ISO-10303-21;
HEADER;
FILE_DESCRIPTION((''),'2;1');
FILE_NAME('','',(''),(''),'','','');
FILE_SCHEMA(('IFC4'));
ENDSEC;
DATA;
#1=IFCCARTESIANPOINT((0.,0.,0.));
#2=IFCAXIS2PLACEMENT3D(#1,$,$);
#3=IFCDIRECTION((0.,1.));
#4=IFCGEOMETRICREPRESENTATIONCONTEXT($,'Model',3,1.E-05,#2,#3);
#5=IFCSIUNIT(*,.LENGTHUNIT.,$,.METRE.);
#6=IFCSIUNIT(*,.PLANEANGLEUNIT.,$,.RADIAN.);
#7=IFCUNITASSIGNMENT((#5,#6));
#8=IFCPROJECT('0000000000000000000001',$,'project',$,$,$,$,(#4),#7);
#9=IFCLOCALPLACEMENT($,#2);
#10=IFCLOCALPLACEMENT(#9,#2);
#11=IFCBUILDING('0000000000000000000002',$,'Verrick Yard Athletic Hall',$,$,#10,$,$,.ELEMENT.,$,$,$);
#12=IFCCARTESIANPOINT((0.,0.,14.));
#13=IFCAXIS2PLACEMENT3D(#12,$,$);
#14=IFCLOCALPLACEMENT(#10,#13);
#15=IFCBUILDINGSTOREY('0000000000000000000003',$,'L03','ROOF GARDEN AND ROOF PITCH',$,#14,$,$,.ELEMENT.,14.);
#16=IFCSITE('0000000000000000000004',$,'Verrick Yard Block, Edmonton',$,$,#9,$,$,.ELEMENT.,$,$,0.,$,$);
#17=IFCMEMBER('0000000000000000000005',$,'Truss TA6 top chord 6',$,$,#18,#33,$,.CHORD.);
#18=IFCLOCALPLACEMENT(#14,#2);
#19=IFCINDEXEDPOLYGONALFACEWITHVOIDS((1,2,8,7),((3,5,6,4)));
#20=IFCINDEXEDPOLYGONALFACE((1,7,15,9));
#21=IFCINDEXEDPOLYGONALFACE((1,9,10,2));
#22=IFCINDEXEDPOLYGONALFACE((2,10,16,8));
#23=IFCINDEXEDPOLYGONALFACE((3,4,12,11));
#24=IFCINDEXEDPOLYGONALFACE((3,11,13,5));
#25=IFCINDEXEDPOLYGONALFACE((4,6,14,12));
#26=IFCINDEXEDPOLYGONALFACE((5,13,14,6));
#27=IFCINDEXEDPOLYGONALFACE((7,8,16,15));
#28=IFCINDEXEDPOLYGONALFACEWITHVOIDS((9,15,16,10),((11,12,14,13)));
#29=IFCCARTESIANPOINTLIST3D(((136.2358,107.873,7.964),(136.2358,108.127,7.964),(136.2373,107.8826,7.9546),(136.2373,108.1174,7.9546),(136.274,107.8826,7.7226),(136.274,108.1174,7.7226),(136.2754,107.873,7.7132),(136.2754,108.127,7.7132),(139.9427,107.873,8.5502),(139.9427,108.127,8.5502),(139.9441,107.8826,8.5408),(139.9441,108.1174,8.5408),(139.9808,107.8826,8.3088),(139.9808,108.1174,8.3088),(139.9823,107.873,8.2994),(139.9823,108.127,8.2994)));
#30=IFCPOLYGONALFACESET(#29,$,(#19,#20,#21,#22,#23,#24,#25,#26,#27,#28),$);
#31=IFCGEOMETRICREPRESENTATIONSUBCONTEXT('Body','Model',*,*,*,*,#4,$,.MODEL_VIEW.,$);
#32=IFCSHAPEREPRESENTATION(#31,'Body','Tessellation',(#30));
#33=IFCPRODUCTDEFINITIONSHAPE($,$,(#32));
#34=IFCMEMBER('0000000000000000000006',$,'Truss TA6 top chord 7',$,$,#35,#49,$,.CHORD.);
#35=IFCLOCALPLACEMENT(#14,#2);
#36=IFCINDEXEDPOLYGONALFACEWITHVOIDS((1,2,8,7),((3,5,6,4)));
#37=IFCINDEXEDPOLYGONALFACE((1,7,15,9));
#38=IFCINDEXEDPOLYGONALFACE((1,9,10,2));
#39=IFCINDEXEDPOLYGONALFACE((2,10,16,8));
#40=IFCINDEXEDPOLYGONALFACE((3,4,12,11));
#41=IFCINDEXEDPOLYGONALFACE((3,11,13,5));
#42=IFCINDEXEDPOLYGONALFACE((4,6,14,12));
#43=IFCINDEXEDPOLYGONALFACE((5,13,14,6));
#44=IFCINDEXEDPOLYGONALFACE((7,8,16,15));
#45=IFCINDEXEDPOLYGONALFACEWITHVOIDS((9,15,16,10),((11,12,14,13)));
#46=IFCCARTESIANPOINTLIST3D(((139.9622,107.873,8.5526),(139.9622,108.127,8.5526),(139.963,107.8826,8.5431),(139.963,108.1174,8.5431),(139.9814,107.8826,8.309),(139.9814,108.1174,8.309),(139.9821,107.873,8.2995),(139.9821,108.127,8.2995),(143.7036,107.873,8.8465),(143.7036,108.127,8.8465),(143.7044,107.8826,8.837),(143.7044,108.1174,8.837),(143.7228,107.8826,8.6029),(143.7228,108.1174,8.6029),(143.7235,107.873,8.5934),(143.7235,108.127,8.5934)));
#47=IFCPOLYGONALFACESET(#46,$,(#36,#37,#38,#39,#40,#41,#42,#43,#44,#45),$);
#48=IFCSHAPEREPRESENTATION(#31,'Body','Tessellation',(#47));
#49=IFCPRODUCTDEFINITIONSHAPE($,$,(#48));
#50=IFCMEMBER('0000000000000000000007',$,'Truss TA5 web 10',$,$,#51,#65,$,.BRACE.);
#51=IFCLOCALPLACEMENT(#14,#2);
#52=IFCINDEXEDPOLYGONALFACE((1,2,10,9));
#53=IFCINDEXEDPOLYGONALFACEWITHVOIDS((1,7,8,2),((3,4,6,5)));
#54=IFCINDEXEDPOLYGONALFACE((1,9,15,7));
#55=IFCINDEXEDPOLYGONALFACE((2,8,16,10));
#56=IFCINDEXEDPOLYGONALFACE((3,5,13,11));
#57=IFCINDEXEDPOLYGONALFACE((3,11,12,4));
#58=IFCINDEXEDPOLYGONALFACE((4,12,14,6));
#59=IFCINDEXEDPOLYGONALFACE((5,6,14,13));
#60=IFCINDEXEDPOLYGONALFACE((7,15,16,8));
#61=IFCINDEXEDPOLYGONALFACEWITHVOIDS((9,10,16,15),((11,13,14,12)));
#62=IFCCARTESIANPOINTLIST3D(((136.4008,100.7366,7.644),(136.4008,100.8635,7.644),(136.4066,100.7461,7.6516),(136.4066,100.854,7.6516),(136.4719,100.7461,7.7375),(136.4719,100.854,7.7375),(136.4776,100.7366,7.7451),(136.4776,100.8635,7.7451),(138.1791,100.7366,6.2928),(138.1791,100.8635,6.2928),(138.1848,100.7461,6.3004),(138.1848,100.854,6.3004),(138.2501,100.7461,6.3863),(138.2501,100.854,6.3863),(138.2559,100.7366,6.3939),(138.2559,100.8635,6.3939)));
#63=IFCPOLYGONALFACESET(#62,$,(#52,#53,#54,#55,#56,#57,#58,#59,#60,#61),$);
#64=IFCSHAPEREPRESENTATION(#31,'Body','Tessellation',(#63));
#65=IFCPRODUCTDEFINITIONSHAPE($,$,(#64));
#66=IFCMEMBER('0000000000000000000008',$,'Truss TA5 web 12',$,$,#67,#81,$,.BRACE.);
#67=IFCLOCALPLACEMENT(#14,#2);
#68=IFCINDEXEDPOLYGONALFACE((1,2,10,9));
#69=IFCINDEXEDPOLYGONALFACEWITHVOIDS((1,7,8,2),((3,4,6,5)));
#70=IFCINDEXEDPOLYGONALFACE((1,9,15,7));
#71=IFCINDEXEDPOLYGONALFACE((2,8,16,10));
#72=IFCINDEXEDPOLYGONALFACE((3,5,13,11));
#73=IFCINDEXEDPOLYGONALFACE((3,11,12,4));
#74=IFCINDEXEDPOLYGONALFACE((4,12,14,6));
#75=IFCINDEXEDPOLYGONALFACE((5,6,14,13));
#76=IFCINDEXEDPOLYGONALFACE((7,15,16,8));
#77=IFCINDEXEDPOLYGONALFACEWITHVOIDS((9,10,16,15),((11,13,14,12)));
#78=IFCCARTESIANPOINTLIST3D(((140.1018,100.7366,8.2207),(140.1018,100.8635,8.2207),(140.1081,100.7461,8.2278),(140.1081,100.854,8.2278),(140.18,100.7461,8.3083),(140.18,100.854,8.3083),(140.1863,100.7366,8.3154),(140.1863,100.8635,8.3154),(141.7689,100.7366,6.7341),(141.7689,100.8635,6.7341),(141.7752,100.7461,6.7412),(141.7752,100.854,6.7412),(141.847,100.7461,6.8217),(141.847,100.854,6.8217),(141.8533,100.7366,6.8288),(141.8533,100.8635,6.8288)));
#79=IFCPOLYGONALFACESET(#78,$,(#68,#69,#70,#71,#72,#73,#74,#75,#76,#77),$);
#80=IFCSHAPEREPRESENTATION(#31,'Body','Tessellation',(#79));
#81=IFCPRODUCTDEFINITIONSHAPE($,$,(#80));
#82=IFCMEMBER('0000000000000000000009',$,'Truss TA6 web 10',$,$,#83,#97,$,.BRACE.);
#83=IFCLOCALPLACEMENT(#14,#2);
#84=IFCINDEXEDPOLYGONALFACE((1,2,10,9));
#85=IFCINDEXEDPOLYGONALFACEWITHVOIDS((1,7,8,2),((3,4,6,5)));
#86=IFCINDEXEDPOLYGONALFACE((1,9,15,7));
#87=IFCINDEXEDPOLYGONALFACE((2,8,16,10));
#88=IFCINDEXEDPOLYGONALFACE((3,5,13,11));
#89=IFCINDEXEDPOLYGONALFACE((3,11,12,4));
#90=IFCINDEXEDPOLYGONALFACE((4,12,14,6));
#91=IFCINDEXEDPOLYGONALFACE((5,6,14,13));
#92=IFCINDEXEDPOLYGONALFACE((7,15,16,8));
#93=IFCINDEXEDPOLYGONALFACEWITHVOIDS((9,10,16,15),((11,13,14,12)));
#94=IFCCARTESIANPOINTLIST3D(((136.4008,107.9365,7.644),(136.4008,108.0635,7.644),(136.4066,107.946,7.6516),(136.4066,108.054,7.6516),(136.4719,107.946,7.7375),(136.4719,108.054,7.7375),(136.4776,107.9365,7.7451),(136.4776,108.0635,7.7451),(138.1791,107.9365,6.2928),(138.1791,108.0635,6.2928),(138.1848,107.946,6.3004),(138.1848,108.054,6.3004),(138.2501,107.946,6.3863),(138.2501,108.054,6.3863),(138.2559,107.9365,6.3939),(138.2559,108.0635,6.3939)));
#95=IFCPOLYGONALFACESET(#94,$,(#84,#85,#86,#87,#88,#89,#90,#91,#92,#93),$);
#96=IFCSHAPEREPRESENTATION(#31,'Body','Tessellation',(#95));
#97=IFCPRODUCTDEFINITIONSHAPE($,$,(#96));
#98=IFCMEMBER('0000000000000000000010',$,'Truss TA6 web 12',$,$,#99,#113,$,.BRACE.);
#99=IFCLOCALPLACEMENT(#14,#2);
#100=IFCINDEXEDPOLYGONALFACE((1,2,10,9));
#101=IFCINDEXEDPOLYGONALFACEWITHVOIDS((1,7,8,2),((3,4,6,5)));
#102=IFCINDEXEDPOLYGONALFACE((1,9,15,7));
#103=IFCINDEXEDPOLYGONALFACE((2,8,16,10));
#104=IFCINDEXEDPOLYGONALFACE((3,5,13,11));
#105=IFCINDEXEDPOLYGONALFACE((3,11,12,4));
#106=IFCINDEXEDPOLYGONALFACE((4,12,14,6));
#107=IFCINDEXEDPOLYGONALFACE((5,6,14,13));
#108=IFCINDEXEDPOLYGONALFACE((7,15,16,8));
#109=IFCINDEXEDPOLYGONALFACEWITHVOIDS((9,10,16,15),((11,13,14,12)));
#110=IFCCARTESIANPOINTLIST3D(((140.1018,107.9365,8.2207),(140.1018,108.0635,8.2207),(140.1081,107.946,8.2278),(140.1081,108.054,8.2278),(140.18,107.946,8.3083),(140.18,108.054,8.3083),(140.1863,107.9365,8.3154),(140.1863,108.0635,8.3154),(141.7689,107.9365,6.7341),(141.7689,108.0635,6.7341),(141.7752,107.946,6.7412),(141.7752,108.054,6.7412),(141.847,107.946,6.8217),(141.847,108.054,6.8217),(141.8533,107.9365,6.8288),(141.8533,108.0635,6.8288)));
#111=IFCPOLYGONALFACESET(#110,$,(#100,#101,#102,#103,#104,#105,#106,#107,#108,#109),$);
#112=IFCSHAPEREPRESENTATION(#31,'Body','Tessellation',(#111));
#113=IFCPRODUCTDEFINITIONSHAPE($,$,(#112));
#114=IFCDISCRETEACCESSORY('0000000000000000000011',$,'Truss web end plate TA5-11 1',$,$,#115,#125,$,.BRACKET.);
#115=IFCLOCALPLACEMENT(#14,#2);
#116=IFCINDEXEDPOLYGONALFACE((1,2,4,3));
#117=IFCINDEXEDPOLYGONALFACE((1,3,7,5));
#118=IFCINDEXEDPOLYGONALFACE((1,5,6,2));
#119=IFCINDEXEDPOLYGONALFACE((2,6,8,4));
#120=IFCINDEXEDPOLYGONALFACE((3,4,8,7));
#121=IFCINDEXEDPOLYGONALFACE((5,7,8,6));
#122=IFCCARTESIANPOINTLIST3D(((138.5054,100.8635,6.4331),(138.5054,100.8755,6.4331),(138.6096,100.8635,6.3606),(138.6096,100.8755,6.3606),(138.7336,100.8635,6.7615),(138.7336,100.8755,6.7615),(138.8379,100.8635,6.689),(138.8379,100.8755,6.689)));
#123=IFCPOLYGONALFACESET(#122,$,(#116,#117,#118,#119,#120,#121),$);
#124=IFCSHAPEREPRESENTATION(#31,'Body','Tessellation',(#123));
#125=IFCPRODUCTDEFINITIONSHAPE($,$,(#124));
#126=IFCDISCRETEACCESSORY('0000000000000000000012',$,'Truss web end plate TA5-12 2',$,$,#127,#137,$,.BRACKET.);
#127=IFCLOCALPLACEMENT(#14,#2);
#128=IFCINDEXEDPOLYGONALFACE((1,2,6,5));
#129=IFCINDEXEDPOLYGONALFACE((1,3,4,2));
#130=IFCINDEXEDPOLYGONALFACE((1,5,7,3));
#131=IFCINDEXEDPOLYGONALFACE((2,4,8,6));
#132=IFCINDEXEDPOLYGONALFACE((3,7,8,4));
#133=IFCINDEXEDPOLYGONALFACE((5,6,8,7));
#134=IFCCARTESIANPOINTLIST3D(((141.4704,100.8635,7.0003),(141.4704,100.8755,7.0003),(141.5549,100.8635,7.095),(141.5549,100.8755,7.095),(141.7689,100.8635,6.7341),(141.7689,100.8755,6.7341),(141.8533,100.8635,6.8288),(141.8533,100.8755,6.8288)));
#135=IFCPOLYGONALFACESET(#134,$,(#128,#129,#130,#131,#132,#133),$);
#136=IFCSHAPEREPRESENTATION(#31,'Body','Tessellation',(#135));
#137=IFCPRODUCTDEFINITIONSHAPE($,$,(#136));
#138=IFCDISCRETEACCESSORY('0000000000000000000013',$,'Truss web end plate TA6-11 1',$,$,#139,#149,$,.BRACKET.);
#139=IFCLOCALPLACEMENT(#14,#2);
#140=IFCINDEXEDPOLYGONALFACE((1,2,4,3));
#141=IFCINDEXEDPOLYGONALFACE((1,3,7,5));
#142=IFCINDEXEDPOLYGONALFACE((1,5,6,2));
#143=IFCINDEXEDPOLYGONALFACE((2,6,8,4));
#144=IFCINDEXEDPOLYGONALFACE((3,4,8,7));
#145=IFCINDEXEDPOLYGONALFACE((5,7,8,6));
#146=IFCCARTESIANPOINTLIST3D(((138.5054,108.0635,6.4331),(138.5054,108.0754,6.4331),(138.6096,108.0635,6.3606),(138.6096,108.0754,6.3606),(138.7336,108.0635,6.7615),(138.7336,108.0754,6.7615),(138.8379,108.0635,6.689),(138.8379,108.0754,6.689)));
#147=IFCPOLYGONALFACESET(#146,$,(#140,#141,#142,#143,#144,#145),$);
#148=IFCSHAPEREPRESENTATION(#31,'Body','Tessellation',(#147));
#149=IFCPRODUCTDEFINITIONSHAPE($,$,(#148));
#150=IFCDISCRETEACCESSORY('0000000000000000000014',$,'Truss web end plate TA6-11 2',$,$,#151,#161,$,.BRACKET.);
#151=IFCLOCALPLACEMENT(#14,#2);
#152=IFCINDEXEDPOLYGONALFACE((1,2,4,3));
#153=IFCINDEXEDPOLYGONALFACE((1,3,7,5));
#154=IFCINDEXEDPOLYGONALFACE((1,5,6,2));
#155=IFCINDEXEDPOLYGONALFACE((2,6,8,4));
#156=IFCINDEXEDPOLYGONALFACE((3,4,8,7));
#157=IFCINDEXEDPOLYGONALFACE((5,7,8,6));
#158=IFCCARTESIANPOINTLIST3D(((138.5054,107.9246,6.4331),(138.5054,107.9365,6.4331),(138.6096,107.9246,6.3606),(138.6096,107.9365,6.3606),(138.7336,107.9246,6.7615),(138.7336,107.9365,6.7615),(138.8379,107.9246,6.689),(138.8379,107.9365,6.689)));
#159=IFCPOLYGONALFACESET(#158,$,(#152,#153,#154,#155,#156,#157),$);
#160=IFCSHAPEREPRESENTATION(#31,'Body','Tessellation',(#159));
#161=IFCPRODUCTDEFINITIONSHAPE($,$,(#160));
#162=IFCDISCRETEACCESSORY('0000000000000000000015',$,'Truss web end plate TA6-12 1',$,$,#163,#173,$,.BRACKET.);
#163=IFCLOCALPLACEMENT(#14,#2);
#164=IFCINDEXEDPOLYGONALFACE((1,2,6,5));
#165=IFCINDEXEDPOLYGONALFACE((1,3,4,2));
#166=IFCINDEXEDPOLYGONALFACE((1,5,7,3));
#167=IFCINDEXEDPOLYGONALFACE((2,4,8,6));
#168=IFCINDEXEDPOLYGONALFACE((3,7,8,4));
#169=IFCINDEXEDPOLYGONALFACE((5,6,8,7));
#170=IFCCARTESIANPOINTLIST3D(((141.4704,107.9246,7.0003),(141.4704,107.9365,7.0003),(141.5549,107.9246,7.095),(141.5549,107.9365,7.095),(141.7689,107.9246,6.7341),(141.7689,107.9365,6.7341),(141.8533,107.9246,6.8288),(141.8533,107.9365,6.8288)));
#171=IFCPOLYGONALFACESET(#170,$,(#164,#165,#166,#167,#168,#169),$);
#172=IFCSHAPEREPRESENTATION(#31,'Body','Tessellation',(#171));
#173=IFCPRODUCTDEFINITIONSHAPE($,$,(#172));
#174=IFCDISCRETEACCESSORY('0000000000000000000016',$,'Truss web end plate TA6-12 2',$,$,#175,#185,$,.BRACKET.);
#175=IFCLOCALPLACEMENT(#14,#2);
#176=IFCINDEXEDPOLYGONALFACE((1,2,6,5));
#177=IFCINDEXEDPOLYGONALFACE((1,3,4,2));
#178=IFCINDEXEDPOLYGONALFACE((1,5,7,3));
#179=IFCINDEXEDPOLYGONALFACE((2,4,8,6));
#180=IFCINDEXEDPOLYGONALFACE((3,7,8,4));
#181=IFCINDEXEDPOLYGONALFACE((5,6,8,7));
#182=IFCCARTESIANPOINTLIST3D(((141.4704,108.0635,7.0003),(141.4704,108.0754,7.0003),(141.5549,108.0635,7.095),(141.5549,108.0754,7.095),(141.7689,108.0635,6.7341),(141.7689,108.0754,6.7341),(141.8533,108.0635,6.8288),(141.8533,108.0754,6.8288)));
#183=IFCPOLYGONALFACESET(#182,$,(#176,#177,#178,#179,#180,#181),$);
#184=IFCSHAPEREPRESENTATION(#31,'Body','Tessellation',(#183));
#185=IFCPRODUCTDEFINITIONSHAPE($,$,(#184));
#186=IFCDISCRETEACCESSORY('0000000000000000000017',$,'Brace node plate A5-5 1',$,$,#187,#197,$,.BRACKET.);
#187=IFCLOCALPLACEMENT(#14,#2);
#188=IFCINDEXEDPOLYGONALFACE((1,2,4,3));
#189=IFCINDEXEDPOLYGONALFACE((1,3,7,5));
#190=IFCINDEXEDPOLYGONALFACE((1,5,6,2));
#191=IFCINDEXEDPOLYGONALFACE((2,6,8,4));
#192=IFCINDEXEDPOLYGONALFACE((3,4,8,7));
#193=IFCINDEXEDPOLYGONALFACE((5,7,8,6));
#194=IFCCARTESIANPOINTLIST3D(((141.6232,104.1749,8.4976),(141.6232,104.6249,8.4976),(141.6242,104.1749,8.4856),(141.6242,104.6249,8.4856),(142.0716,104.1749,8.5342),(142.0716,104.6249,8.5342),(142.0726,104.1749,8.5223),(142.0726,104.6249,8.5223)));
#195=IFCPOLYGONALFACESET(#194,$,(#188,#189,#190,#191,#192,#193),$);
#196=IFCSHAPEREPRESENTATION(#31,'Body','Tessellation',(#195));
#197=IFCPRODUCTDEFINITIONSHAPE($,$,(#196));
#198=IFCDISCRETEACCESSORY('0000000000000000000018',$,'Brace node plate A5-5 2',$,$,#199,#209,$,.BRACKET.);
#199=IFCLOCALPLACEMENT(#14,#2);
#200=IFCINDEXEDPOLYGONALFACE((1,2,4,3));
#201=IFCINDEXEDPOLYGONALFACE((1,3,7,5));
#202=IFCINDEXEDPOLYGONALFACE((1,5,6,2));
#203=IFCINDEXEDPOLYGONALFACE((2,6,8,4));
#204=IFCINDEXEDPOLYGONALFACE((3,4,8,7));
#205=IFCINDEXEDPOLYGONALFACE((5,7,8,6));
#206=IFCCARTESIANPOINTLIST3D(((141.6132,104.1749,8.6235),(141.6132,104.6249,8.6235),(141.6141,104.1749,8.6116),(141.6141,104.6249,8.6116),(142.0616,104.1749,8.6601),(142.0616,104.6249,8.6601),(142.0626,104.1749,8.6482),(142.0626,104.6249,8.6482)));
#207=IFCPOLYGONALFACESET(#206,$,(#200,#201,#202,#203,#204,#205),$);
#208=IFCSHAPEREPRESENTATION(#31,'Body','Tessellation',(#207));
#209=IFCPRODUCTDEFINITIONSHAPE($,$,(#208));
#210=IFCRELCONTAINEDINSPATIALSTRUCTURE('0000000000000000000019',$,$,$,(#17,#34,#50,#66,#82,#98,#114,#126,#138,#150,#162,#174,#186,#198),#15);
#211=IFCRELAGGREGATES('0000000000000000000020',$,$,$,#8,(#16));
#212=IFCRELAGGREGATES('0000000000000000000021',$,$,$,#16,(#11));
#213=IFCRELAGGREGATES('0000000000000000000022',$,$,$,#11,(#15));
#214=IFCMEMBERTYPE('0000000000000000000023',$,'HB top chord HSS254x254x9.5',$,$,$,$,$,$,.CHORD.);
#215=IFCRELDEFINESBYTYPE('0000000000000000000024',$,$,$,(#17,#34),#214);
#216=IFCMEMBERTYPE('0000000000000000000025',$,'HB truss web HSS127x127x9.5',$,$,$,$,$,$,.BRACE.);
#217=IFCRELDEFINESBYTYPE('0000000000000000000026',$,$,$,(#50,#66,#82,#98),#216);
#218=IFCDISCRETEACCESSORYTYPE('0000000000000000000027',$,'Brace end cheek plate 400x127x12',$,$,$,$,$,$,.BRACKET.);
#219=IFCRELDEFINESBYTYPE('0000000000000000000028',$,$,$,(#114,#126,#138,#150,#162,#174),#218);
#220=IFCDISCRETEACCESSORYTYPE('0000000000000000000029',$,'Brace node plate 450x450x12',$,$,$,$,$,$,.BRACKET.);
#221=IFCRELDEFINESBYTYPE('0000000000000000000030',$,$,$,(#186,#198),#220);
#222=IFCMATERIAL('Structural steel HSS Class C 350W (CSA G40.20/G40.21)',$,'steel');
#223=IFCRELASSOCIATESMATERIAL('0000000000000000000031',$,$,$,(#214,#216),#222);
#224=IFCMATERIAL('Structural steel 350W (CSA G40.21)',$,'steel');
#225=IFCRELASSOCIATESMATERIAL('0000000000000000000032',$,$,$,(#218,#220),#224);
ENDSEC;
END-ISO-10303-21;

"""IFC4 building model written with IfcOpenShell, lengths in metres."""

from ifc_helpers import new_model, si_unit, direction, frame, origin, origin_2d, place, context, subcontext, project, spatial, rectangle, hollow_rectangle, extrude, material, material_profile, profile_set, type_object, element, save


model = new_model("IFC4")

# Units and contexts
model_context = context("Model", 3, precision=1e-05, world=origin(), true_north=direction((0.0, 1.0)))
body_context = subcontext(model_context, "Body", "Model", "MODEL_VIEW")
ifc_project = project(units=[si_unit("LENGTHUNIT", "METRE"), si_unit("PLANEANGLEUNIT", "RADIAN")], contexts=[model_context])

# Site, building, storey
site_placement = place(None, origin())
site = spatial("IfcSite", under=ifc_project, at=site_placement, Name="Verrick Yard Block, Edmonton", CompositionType="ELEMENT", RefElevation=0.0)
building_placement = place(site_placement, origin())
building = spatial("IfcBuilding", under=site, at=building_placement, Name="Verrick Yard Athletic Hall", CompositionType="ELEMENT")
storey_placement = place(building_placement, frame((0.0, 0.0, 14.0)))
storey = spatial("IfcBuildingStorey", under=building, at=storey_placement, Name="L03", Description="ROOF GARDEN AND ROOF PITCH", CompositionType="ELEMENT", Elevation=14.0)

# Members
ifc_material_1 = material(Name="Structural steel HSS Class C 350W (CSA G40.20/G40.21)", Category="steel")
ifc_material_profile_1 = material_profile(ifc_material_1, hollow_rectangle(XDim=0.2539, YDim=0.2539, WallThickness=0.0095, at=origin_2d()), Name="HSS254x254x9.5")
ifc_profile_set_1 = profile_set([ifc_material_profile_1], Name="Structural steel HSS Class C 350W (CSA G40.20/G40.21)")
member_type_1 = type_object("IfcMemberType", Name="HB top chord HSS254x254x9.5", PredefinedType="CHORD", material=ifc_profile_set_1)
for number, where, z_axis, x_axis, name in (
    (1, (136.2556, 108.0, 7.8386), (0.987726, 0.0, 0.156196), (0.0, 1.0, 0.0), "Truss TA6 top chord 6"),
    (2, (139.9722, 108.0, 8.426), (0.996928, 0.0, 0.078323), (0.0, 1.0, 0.0), "Truss TA6 top chord 7"),
):
    element("IfcMember", number, at=place(storey_placement, frame(where, z_axis=z_axis, x_axis=x_axis)), inside=storey, type_object=member_type_1, Name=name, PredefinedType="CHORD", context=body_context, shape_type="SweptSolid", body=[
        extrude(hollow_rectangle(XDim=0.2539, YDim=0.2539, WallThickness=0.0095, at=origin_2d()), origin(), (0.0, 0.0, 1.0), 3.7529),
    ])
ifc_material_profile_2 = material_profile(ifc_material_1, hollow_rectangle(XDim=0.127, YDim=0.127, WallThickness=0.0095, at=origin_2d()), Name="HSS127x127x9.5")
ifc_profile_set_2 = profile_set([ifc_material_profile_2], Name="Structural steel HSS Class C 350W (CSA G40.20/G40.21)")
member_type_2 = type_object("IfcMemberType", Name="HB truss web HSS127x127x9.5", PredefinedType="BRACE", material=ifc_profile_set_2)
member_1_placement = place(storey_placement, frame((136.4392, 100.8, 7.6946), z_axis=(0.796206, 0.0, -0.605025), x_axis=(0.0, 1.0, 0.0)))
element("IfcMember", 3, at=member_1_placement, inside=storey, type_object=member_type_2, Name="Truss TA5 web 10", PredefinedType="BRACE", context=body_context, shape_type="SweptSolid", body=[
    extrude(hollow_rectangle(XDim=0.127, YDim=0.127, WallThickness=0.0095, at=origin_2d()), origin(), (0.0, 0.0, 1.0), 2.2334),
])
member_2_placement = place(storey_placement, frame((140.144, 100.8, 8.2681), z_axis=(0.746341, 0.0, -0.665564), x_axis=(0.0, 1.0, 0.0)))
element("IfcMember", 4, at=member_2_placement, inside=storey, type_object=member_type_2, Name="Truss TA5 web 12", PredefinedType="BRACE", context=body_context, shape_type="SweptSolid", body=[
    extrude(hollow_rectangle(XDim=0.127, YDim=0.127, WallThickness=0.0095, at=origin_2d()), origin(), (0.0, 0.0, 1.0), 2.2336),
])
member_3_placement = place(storey_placement, frame((136.4392, 108.0, 7.6946), z_axis=(0.796206, 0.0, -0.605025), x_axis=(0.0, 1.0, 0.0)))
element("IfcMember", 5, at=member_3_placement, inside=storey, type_object=member_type_2, Name="Truss TA6 web 10", PredefinedType="BRACE", context=body_context, shape_type="SweptSolid", body=[
    extrude(hollow_rectangle(XDim=0.127, YDim=0.127, WallThickness=0.0095, at=origin_2d()), origin(), (0.0, 0.0, 1.0), 2.2334),
])
member_4_placement = place(storey_placement, frame((140.144, 108.0, 8.2681), z_axis=(0.746341, 0.0, -0.665564), x_axis=(0.0, 1.0, 0.0)))
element("IfcMember", 6, at=member_4_placement, inside=storey, type_object=member_type_2, Name="Truss TA6 web 12", PredefinedType="BRACE", context=body_context, shape_type="SweptSolid", body=[
    extrude(hollow_rectangle(XDim=0.127, YDim=0.127, WallThickness=0.0095, at=origin_2d()), origin(), (0.0, 0.0, 1.0), 2.2336),
])

# Discrete accessories
ifc_material_2 = material(Name="Structural steel 350W (CSA G40.21)", Category="steel")
ifc_material_profile_3 = material_profile(ifc_material_2, rectangle(XDim=0.3999, YDim=0.127, at=origin_2d()), Name="Brace end cheek plate")
ifc_profile_set_3 = profile_set([ifc_material_profile_3], Name="Structural steel 350W (CSA G40.21)")
discrete_accessory_type_1 = type_object("IfcDiscreteAccessoryType", Name="Brace end cheek plate 400x127x12", PredefinedType="BRACKET", material=ifc_profile_set_3)
for number, where, z_axis, x_axis, name in (
    (7, (138.6716, 100.8635, 6.561), (0.0, 1.0, 0.0), (0.570674, 0.0, 0.821176), "Truss web end plate TA5-11 1"),
    (8, (141.6619, 100.8635, 6.9146), (0.0, 1.0, 0.0), (-0.746352, 0.0, 0.665551), "Truss web end plate TA5-12 2"),
    (9, (138.6716, 108.0635, 6.561), (0.0, 1.0, 0.0), (0.570674, 0.0, 0.821176), "Truss web end plate TA6-11 1"),
    (10, (138.6716, 107.9365, 6.561), (0.0, -1.0, 0.0), (0.570674, 0.0, 0.821176), "Truss web end plate TA6-11 2"),
    (11, (141.6619, 107.9365, 6.9146), (0.0, -1.0, 0.0), (-0.746352, 0.0, 0.665551), "Truss web end plate TA6-12 1"),
    (12, (141.6619, 108.0635, 6.9146), (0.0, 1.0, 0.0), (-0.746352, 0.0, 0.665551), "Truss web end plate TA6-12 2"),
):
    element("IfcDiscreteAccessory", number, at=place(storey_placement, frame(where, z_axis=z_axis, x_axis=x_axis)), inside=storey, type_object=discrete_accessory_type_1, Name=name, PredefinedType="BRACKET", context=body_context, shape_type="SweptSolid", body=[
        extrude(rectangle(XDim=0.3999, YDim=0.127, at=origin_2d()), origin(), (0.0, 0.0, 1.0), 0.012),
    ])
ifc_material_profile_4 = material_profile(ifc_material_2, rectangle(XDim=0.45, YDim=0.45, at=origin_2d()), Name="Brace node plate")
ifc_profile_set_4 = profile_set([ifc_material_profile_4], Name="Structural steel 350W (CSA G40.21)")
discrete_accessory_type_2 = type_object("IfcDiscreteAccessoryType", Name="Brace node plate 450x450x12", PredefinedType="BRACKET", material=ifc_profile_set_4)
for number, where, z_axis, x_axis, name in (
    (13, (141.8474, 104.3999, 8.5159), (0.081362, 0.0, -0.996685), (0.0, 1.0, 0.0), "Brace node plate A5-5 1"),
    (14, (141.8384, 104.3999, 8.6299), (-0.081362, 0.0, 0.996685), (0.0, -1.0, 0.0), "Brace node plate A5-5 2"),
):
    element("IfcDiscreteAccessory", number, at=place(storey_placement, frame(where, z_axis=z_axis, x_axis=x_axis)), inside=storey, type_object=discrete_accessory_type_2, Name=name, PredefinedType="BRACKET", context=body_context, shape_type="SweptSolid", body=[
        extrude(rectangle(XDim=0.45, YDim=0.45, at=origin_2d()), origin(), (0.0, 0.0, 1.0), 0.012),
    ])

save(model, "model.ifc")
